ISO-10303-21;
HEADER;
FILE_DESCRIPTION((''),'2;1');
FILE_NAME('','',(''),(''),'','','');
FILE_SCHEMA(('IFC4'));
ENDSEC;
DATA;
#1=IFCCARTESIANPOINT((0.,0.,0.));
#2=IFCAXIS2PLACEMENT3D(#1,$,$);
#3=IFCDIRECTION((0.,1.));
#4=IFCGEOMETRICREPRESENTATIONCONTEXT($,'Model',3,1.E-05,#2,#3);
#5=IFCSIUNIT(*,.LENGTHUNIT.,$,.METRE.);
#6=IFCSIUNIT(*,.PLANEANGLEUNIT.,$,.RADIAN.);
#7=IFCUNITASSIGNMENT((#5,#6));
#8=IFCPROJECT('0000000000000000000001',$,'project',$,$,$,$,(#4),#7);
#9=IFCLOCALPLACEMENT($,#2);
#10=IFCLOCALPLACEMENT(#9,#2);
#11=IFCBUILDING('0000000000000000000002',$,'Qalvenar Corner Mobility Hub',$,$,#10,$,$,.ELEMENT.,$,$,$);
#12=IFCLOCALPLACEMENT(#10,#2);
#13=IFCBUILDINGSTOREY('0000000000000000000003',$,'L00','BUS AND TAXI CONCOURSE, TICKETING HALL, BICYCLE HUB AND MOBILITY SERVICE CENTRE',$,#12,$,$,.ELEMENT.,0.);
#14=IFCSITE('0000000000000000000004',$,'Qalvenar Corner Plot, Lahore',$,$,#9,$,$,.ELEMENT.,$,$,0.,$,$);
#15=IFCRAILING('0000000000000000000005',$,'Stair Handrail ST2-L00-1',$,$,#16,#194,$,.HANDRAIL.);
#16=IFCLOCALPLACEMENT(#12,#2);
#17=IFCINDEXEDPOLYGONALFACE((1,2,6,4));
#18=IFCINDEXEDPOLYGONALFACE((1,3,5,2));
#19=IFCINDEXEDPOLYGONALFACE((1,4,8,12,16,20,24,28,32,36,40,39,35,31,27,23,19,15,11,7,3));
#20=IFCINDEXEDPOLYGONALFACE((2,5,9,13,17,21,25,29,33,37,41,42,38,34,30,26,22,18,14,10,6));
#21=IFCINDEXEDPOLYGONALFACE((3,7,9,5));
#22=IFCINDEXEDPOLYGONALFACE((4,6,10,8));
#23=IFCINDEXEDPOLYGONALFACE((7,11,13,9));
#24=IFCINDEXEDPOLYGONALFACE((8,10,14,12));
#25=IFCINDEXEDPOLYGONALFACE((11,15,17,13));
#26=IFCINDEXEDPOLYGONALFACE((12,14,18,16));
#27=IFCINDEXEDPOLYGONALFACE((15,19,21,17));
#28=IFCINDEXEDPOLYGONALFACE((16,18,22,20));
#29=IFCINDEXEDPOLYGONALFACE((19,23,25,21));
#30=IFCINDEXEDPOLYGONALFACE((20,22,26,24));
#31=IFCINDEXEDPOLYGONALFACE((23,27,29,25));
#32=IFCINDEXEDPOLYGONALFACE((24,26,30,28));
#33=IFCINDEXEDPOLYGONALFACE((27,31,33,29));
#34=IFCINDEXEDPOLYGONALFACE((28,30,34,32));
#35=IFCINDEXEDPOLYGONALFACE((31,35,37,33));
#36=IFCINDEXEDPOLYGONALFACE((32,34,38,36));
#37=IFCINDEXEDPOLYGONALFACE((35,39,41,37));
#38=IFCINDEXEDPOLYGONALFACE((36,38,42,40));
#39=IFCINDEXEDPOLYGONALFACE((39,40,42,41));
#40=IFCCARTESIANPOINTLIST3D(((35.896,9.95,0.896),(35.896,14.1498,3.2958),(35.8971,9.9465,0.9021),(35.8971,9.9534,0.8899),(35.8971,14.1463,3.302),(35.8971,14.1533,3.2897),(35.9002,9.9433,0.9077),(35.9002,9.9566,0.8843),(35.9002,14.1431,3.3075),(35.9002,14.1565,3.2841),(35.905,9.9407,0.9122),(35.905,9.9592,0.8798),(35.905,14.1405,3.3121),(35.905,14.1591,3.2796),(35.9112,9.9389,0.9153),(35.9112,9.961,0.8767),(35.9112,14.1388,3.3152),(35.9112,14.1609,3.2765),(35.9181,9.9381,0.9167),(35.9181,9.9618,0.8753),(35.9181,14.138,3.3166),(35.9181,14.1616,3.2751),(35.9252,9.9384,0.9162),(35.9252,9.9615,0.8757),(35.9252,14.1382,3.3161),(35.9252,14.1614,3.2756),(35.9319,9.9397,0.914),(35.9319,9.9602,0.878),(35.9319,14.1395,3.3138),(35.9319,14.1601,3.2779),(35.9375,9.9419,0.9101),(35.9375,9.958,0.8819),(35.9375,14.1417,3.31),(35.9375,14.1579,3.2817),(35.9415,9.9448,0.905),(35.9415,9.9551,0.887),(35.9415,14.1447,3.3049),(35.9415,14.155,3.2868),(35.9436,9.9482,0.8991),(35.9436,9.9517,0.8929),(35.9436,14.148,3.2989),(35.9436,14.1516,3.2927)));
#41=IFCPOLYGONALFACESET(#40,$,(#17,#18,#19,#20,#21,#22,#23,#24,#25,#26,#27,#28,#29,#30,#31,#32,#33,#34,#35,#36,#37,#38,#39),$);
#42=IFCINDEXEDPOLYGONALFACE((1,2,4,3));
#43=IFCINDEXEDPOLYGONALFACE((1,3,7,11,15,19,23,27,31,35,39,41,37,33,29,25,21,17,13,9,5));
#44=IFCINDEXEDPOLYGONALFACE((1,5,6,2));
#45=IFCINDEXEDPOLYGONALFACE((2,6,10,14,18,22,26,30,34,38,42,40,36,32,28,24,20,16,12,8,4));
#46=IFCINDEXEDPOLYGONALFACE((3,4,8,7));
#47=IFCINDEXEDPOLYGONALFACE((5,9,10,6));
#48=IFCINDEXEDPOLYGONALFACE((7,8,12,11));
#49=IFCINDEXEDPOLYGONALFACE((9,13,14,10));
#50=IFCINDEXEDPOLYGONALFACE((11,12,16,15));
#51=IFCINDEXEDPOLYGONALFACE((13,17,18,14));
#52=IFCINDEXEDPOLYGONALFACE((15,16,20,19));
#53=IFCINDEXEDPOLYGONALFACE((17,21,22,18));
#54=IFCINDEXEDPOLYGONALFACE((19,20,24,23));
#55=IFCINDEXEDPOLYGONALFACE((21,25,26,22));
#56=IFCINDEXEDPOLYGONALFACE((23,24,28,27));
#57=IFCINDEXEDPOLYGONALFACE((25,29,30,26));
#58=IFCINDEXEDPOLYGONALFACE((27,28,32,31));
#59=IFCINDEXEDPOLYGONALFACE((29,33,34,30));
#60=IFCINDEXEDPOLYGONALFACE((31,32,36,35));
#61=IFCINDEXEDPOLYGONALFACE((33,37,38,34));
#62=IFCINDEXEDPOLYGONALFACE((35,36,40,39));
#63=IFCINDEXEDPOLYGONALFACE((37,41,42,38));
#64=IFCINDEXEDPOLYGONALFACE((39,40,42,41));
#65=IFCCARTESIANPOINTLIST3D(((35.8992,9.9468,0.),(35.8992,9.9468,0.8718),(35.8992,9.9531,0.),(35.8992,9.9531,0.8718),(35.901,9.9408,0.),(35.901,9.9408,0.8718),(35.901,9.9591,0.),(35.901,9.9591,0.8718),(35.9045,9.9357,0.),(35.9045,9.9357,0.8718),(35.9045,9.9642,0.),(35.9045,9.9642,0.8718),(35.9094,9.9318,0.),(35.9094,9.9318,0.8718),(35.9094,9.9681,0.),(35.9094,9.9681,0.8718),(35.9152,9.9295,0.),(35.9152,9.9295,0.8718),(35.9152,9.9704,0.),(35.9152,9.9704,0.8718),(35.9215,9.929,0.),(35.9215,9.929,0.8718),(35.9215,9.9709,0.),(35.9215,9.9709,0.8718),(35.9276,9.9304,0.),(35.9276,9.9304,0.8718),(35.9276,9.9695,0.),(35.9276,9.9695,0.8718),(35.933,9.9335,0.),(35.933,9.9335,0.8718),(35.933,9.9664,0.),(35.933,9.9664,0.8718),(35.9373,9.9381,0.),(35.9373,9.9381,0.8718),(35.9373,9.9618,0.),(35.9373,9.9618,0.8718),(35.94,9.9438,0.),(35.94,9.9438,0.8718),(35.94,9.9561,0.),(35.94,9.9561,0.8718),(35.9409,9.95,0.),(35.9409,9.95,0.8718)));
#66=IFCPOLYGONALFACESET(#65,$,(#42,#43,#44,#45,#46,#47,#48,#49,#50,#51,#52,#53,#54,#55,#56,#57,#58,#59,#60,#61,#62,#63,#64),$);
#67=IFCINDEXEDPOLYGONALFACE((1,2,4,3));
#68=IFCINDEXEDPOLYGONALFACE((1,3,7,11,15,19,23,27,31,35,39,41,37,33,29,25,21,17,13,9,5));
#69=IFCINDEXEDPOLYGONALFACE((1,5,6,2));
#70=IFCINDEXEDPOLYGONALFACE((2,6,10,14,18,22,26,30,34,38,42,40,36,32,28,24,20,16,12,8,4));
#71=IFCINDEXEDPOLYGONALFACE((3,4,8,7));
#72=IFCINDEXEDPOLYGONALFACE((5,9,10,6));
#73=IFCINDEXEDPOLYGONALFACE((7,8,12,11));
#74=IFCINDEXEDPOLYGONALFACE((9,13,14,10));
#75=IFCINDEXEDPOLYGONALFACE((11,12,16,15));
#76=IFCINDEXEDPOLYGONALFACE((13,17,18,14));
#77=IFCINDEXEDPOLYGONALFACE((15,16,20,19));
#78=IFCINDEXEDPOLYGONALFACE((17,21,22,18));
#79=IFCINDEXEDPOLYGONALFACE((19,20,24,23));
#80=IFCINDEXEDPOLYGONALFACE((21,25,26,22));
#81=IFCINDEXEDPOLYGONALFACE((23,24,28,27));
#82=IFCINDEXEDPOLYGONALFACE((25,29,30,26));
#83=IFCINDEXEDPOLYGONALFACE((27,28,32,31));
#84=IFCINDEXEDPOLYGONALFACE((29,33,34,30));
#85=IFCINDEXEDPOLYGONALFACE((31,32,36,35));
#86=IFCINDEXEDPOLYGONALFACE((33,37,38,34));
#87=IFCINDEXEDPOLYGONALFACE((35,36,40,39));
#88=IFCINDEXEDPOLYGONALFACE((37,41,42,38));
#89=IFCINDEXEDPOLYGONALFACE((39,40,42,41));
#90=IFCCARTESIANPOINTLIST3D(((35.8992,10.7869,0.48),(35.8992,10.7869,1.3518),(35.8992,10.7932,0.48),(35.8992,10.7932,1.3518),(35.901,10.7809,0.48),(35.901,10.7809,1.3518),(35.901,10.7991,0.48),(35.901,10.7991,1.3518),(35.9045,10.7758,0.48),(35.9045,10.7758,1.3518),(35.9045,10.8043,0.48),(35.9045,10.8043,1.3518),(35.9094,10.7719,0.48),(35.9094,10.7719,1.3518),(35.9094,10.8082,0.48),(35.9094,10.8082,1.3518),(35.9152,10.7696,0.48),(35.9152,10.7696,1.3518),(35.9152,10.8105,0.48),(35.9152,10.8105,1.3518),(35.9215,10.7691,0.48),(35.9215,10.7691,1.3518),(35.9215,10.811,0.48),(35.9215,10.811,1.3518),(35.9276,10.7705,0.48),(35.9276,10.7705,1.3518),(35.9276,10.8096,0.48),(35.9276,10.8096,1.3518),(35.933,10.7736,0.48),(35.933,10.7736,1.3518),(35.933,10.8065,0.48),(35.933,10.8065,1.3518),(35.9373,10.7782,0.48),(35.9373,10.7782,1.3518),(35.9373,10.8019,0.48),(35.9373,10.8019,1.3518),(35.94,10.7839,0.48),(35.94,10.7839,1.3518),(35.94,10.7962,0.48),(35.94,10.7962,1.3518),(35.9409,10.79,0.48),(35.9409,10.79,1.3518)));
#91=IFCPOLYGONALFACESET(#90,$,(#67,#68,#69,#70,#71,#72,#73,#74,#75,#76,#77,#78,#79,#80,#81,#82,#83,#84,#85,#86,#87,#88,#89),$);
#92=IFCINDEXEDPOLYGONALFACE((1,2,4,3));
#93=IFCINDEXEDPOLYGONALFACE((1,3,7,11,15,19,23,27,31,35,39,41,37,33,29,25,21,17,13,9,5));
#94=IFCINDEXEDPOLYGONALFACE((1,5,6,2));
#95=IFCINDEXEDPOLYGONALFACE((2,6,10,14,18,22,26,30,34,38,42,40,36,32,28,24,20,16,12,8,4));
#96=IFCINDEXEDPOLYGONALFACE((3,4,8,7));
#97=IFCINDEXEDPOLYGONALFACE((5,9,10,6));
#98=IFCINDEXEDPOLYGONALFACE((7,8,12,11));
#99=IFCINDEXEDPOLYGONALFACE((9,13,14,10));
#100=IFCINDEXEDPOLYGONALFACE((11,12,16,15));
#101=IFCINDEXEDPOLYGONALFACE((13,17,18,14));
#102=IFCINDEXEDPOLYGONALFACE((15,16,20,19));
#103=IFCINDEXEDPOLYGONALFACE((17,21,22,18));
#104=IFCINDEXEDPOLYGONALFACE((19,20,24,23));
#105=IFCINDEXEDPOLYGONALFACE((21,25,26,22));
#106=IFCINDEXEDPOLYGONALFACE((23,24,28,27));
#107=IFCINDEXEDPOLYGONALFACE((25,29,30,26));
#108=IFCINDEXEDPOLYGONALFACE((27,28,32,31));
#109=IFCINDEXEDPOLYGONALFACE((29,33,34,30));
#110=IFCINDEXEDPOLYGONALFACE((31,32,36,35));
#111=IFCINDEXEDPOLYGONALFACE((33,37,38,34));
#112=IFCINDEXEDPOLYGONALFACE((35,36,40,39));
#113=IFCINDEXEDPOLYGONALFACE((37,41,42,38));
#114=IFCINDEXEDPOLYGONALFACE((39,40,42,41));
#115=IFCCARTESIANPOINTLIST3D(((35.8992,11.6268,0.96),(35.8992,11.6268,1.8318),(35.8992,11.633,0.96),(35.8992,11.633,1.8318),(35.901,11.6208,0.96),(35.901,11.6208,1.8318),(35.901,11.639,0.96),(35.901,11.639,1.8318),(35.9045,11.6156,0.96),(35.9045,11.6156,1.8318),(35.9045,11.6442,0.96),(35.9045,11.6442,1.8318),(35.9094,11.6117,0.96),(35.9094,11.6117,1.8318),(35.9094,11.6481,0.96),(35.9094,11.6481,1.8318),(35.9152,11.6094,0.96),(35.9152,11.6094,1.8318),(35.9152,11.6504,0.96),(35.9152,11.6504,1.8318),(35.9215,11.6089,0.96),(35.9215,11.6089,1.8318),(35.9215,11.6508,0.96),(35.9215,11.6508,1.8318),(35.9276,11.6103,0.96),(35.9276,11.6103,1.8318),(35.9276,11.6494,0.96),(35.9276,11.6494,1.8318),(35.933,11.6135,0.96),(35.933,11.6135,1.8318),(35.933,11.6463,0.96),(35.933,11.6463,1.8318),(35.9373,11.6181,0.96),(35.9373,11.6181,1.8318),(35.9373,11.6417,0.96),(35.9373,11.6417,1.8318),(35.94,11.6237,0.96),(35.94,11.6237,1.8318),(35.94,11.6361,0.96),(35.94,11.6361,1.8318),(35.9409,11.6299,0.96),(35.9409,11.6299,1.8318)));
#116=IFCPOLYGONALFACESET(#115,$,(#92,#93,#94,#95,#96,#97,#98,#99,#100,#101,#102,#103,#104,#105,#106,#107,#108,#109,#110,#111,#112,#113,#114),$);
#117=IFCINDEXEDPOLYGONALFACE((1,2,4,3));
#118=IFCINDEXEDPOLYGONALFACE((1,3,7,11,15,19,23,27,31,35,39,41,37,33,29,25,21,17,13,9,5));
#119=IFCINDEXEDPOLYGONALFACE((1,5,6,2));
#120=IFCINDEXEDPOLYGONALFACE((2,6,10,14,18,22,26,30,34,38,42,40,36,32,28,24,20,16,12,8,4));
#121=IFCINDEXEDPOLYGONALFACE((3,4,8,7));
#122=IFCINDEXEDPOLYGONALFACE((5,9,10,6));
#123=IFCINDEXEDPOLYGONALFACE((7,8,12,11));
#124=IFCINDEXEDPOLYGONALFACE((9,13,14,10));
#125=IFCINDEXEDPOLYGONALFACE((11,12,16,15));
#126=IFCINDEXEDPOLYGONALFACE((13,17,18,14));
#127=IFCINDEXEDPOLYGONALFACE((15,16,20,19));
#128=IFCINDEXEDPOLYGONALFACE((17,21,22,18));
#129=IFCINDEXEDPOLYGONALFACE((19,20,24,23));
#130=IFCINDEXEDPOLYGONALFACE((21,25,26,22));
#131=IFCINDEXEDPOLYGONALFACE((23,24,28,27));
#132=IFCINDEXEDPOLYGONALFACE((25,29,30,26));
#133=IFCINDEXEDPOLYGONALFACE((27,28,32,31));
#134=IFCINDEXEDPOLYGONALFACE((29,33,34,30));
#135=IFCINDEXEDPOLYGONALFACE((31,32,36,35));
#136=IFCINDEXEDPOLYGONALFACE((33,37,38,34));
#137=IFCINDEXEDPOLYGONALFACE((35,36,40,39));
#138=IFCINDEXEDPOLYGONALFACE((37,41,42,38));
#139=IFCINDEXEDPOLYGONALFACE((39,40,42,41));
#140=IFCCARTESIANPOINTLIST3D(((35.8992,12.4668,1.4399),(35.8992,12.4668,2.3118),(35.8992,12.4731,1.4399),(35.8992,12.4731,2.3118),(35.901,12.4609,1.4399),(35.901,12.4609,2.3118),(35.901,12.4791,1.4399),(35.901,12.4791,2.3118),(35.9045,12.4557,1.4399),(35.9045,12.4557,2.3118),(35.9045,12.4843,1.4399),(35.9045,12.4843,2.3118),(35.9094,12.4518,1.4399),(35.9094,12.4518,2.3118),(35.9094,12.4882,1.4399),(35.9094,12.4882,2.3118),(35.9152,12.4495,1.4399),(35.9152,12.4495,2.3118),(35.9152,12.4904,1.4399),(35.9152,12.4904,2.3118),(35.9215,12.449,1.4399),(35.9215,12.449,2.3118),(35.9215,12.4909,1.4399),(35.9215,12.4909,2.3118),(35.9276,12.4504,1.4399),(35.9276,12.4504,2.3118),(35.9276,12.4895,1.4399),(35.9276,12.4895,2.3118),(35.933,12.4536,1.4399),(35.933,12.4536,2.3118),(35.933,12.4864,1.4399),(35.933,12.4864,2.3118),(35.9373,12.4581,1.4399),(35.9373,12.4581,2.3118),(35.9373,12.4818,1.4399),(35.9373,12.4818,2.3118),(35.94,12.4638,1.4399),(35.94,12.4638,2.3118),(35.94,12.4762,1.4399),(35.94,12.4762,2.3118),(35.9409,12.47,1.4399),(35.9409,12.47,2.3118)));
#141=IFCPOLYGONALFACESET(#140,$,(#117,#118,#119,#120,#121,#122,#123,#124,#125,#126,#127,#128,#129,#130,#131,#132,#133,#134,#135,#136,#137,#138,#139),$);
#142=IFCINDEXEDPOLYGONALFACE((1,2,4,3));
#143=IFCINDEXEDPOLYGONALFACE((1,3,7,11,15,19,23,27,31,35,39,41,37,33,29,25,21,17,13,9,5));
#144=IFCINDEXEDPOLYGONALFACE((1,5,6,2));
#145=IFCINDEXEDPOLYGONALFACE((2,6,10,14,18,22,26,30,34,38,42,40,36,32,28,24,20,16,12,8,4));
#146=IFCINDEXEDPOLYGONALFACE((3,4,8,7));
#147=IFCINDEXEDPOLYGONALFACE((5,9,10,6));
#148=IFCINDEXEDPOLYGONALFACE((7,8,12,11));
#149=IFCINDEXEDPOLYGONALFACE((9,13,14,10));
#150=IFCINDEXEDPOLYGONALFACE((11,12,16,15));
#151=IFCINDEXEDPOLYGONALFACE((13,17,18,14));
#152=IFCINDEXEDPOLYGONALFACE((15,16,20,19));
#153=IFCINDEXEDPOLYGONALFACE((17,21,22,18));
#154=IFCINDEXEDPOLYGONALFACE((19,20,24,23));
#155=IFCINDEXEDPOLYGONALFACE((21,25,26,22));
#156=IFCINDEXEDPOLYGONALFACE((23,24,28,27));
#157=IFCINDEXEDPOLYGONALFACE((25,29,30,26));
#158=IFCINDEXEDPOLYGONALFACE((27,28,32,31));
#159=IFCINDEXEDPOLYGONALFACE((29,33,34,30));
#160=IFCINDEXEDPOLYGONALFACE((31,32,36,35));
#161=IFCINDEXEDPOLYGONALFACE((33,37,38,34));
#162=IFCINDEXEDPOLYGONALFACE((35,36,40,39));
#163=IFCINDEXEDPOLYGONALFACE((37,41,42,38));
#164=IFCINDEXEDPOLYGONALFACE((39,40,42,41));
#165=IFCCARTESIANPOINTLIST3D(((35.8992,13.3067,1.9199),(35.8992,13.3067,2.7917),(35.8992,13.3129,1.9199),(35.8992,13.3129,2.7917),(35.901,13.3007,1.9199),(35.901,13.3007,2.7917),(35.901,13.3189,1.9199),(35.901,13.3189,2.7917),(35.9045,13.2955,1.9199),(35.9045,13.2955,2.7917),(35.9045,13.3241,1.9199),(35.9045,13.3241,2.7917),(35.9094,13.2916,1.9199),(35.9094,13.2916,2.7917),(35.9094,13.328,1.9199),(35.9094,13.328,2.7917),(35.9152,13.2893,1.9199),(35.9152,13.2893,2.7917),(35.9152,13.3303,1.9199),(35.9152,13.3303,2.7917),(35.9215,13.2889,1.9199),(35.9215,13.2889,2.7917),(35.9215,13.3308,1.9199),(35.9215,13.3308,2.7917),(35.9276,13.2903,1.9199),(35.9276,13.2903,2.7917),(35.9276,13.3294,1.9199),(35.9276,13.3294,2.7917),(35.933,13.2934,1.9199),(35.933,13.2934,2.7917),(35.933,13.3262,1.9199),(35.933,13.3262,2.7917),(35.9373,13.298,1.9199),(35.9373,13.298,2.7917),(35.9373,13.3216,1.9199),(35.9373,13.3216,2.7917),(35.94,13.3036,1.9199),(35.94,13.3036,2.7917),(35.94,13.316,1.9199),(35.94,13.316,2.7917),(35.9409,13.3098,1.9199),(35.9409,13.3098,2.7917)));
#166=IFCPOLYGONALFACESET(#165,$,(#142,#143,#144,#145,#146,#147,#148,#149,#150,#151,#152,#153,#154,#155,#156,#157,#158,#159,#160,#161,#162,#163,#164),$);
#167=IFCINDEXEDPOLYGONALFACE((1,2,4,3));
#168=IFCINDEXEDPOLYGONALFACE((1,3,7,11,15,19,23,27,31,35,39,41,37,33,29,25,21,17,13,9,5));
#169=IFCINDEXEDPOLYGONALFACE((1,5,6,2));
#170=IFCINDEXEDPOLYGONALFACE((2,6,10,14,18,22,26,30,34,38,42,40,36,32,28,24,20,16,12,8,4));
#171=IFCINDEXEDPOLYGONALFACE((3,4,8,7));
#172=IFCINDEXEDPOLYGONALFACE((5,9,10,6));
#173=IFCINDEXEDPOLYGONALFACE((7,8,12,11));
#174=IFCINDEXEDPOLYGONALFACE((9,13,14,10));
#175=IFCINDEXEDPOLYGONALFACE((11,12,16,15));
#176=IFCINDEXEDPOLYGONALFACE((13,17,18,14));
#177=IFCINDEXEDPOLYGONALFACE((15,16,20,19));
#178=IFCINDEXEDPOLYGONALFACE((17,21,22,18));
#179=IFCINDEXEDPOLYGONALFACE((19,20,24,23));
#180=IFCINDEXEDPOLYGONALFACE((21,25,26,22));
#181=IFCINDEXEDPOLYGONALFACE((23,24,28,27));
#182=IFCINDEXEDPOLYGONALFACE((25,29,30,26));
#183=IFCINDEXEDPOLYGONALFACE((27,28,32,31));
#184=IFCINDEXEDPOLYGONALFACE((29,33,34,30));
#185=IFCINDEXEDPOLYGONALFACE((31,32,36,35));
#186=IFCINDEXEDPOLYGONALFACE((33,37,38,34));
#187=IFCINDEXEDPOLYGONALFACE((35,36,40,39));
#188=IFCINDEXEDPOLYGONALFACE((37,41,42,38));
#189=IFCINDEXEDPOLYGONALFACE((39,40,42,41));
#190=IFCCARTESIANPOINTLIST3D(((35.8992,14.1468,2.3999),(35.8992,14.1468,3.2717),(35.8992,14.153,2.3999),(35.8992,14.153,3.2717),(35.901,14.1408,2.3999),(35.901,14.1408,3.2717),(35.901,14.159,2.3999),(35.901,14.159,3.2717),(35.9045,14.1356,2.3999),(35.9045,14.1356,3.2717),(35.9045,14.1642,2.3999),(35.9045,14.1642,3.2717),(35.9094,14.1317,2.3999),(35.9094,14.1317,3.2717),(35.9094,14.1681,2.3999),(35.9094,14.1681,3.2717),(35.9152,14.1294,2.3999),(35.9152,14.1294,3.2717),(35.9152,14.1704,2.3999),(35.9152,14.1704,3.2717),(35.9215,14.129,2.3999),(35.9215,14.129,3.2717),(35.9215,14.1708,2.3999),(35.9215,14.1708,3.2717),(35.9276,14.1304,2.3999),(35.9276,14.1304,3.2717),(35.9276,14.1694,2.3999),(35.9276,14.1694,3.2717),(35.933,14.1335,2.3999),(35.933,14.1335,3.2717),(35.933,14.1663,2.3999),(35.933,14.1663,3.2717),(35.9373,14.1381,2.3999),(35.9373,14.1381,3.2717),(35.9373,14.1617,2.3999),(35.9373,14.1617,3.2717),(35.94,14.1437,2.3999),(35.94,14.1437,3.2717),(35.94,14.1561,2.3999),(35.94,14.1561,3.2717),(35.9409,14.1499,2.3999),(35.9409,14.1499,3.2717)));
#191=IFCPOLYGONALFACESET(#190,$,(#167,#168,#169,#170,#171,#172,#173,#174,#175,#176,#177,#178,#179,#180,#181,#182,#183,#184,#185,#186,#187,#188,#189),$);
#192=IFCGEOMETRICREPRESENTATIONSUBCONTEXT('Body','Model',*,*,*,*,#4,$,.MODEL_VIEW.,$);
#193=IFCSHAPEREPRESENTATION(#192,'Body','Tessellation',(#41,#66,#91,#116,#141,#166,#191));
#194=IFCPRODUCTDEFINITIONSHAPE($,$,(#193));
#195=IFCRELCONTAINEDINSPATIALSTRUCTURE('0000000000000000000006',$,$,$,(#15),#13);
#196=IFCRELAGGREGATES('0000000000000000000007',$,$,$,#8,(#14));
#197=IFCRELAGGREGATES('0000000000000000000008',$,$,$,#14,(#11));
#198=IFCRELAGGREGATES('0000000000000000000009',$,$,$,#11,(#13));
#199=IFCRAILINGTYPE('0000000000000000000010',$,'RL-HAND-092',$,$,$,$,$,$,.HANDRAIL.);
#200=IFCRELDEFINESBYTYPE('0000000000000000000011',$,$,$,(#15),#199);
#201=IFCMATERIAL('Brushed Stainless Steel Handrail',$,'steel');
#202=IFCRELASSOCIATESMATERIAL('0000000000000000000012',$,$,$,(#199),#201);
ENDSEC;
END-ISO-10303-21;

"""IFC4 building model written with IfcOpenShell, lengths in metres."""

from ifc_helpers import new_model, si_unit, direction, frame, origin, origin_2d, place, context, subcontext, project, spatial, circle, extrude, material, type_object, element, save


model = new_model("IFC4")

# Units and contexts
model_context = context("Model", 3, precision=1e-05, world=origin(), true_north=direction((0.0, 1.0)))
body_context = subcontext(model_context, "Body", "Model", "MODEL_VIEW")
ifc_project = project(units=[si_unit("LENGTHUNIT", "METRE"), si_unit("PLANEANGLEUNIT", "RADIAN")], contexts=[model_context])

# Site, building, storey
site_placement = place(None, origin())
site = spatial("IfcSite", under=ifc_project, at=site_placement, Name="Qalvenar Corner Plot, Lahore", CompositionType="ELEMENT", RefElevation=0.0)
building_placement = place(site_placement, origin())
building = spatial("IfcBuilding", under=site, at=building_placement, Name="Qalvenar Corner Mobility Hub", CompositionType="ELEMENT")
storey_placement = place(building_placement, origin())
storey = spatial("IfcBuildingStorey", under=building, at=storey_placement, Name="L00", Description="BUS AND TAXI CONCOURSE, TICKETING HALL, BICYCLE HUB AND MOBILITY SERVICE CENTRE", CompositionType="ELEMENT", Elevation=0.0)

# Railing
ifc_material_1 = material(Name="Brushed Stainless Steel Handrail", Category="steel")
railing_type_1 = type_object("IfcRailingType", Name="RL-HAND-092", PredefinedType="HANDRAIL", material=ifc_material_1)
railing_1_placement = place(storey_placement, frame((35.9199, 9.95, 0.0)))
element("IfcRailing", 1, at=railing_1_placement, inside=storey, type_object=railing_type_1, Name="Stair Handrail ST2-L00-1", PredefinedType="HANDRAIL", context=body_context, shape_type="SweptSolid", body=[
    extrude(circle(Radius=0.0239, at=origin_2d()), frame((0.0, 0.0, 0.896), z_axis=(0.0, 0.868249, 0.496128), x_axis=(-1.0, 0.0, 0.0)), (0.0, 0.0, 1.0), 4.8372),
    extrude(circle(Radius=0.021, at=origin_2d()), origin(), (0.0, 0.0, 1.0), 0.8718),
    extrude(circle(Radius=0.021, at=origin_2d()), frame((0.0, 0.8401, 0.48)), (0.0, 0.0, 1.0), 0.8718),
    extrude(circle(Radius=0.021, at=origin_2d()), frame((0.0, 1.6799, 0.96)), (0.0, 0.0, 1.0), 0.8718),
    extrude(circle(Radius=0.021, at=origin_2d()), frame((0.0, 2.52, 1.4399)), (0.0, 0.0, 1.0), 0.8718),
    extrude(circle(Radius=0.021, at=origin_2d()), frame((0.0, 3.3599, 1.9199)), (0.0, 0.0, 1.0), 0.8718),
    extrude(circle(Radius=0.021, at=origin_2d()), frame((0.0, 4.2, 2.3999)), (0.0, 0.0, 1.0), 0.8718),
])

save(model, "model.ifc")
